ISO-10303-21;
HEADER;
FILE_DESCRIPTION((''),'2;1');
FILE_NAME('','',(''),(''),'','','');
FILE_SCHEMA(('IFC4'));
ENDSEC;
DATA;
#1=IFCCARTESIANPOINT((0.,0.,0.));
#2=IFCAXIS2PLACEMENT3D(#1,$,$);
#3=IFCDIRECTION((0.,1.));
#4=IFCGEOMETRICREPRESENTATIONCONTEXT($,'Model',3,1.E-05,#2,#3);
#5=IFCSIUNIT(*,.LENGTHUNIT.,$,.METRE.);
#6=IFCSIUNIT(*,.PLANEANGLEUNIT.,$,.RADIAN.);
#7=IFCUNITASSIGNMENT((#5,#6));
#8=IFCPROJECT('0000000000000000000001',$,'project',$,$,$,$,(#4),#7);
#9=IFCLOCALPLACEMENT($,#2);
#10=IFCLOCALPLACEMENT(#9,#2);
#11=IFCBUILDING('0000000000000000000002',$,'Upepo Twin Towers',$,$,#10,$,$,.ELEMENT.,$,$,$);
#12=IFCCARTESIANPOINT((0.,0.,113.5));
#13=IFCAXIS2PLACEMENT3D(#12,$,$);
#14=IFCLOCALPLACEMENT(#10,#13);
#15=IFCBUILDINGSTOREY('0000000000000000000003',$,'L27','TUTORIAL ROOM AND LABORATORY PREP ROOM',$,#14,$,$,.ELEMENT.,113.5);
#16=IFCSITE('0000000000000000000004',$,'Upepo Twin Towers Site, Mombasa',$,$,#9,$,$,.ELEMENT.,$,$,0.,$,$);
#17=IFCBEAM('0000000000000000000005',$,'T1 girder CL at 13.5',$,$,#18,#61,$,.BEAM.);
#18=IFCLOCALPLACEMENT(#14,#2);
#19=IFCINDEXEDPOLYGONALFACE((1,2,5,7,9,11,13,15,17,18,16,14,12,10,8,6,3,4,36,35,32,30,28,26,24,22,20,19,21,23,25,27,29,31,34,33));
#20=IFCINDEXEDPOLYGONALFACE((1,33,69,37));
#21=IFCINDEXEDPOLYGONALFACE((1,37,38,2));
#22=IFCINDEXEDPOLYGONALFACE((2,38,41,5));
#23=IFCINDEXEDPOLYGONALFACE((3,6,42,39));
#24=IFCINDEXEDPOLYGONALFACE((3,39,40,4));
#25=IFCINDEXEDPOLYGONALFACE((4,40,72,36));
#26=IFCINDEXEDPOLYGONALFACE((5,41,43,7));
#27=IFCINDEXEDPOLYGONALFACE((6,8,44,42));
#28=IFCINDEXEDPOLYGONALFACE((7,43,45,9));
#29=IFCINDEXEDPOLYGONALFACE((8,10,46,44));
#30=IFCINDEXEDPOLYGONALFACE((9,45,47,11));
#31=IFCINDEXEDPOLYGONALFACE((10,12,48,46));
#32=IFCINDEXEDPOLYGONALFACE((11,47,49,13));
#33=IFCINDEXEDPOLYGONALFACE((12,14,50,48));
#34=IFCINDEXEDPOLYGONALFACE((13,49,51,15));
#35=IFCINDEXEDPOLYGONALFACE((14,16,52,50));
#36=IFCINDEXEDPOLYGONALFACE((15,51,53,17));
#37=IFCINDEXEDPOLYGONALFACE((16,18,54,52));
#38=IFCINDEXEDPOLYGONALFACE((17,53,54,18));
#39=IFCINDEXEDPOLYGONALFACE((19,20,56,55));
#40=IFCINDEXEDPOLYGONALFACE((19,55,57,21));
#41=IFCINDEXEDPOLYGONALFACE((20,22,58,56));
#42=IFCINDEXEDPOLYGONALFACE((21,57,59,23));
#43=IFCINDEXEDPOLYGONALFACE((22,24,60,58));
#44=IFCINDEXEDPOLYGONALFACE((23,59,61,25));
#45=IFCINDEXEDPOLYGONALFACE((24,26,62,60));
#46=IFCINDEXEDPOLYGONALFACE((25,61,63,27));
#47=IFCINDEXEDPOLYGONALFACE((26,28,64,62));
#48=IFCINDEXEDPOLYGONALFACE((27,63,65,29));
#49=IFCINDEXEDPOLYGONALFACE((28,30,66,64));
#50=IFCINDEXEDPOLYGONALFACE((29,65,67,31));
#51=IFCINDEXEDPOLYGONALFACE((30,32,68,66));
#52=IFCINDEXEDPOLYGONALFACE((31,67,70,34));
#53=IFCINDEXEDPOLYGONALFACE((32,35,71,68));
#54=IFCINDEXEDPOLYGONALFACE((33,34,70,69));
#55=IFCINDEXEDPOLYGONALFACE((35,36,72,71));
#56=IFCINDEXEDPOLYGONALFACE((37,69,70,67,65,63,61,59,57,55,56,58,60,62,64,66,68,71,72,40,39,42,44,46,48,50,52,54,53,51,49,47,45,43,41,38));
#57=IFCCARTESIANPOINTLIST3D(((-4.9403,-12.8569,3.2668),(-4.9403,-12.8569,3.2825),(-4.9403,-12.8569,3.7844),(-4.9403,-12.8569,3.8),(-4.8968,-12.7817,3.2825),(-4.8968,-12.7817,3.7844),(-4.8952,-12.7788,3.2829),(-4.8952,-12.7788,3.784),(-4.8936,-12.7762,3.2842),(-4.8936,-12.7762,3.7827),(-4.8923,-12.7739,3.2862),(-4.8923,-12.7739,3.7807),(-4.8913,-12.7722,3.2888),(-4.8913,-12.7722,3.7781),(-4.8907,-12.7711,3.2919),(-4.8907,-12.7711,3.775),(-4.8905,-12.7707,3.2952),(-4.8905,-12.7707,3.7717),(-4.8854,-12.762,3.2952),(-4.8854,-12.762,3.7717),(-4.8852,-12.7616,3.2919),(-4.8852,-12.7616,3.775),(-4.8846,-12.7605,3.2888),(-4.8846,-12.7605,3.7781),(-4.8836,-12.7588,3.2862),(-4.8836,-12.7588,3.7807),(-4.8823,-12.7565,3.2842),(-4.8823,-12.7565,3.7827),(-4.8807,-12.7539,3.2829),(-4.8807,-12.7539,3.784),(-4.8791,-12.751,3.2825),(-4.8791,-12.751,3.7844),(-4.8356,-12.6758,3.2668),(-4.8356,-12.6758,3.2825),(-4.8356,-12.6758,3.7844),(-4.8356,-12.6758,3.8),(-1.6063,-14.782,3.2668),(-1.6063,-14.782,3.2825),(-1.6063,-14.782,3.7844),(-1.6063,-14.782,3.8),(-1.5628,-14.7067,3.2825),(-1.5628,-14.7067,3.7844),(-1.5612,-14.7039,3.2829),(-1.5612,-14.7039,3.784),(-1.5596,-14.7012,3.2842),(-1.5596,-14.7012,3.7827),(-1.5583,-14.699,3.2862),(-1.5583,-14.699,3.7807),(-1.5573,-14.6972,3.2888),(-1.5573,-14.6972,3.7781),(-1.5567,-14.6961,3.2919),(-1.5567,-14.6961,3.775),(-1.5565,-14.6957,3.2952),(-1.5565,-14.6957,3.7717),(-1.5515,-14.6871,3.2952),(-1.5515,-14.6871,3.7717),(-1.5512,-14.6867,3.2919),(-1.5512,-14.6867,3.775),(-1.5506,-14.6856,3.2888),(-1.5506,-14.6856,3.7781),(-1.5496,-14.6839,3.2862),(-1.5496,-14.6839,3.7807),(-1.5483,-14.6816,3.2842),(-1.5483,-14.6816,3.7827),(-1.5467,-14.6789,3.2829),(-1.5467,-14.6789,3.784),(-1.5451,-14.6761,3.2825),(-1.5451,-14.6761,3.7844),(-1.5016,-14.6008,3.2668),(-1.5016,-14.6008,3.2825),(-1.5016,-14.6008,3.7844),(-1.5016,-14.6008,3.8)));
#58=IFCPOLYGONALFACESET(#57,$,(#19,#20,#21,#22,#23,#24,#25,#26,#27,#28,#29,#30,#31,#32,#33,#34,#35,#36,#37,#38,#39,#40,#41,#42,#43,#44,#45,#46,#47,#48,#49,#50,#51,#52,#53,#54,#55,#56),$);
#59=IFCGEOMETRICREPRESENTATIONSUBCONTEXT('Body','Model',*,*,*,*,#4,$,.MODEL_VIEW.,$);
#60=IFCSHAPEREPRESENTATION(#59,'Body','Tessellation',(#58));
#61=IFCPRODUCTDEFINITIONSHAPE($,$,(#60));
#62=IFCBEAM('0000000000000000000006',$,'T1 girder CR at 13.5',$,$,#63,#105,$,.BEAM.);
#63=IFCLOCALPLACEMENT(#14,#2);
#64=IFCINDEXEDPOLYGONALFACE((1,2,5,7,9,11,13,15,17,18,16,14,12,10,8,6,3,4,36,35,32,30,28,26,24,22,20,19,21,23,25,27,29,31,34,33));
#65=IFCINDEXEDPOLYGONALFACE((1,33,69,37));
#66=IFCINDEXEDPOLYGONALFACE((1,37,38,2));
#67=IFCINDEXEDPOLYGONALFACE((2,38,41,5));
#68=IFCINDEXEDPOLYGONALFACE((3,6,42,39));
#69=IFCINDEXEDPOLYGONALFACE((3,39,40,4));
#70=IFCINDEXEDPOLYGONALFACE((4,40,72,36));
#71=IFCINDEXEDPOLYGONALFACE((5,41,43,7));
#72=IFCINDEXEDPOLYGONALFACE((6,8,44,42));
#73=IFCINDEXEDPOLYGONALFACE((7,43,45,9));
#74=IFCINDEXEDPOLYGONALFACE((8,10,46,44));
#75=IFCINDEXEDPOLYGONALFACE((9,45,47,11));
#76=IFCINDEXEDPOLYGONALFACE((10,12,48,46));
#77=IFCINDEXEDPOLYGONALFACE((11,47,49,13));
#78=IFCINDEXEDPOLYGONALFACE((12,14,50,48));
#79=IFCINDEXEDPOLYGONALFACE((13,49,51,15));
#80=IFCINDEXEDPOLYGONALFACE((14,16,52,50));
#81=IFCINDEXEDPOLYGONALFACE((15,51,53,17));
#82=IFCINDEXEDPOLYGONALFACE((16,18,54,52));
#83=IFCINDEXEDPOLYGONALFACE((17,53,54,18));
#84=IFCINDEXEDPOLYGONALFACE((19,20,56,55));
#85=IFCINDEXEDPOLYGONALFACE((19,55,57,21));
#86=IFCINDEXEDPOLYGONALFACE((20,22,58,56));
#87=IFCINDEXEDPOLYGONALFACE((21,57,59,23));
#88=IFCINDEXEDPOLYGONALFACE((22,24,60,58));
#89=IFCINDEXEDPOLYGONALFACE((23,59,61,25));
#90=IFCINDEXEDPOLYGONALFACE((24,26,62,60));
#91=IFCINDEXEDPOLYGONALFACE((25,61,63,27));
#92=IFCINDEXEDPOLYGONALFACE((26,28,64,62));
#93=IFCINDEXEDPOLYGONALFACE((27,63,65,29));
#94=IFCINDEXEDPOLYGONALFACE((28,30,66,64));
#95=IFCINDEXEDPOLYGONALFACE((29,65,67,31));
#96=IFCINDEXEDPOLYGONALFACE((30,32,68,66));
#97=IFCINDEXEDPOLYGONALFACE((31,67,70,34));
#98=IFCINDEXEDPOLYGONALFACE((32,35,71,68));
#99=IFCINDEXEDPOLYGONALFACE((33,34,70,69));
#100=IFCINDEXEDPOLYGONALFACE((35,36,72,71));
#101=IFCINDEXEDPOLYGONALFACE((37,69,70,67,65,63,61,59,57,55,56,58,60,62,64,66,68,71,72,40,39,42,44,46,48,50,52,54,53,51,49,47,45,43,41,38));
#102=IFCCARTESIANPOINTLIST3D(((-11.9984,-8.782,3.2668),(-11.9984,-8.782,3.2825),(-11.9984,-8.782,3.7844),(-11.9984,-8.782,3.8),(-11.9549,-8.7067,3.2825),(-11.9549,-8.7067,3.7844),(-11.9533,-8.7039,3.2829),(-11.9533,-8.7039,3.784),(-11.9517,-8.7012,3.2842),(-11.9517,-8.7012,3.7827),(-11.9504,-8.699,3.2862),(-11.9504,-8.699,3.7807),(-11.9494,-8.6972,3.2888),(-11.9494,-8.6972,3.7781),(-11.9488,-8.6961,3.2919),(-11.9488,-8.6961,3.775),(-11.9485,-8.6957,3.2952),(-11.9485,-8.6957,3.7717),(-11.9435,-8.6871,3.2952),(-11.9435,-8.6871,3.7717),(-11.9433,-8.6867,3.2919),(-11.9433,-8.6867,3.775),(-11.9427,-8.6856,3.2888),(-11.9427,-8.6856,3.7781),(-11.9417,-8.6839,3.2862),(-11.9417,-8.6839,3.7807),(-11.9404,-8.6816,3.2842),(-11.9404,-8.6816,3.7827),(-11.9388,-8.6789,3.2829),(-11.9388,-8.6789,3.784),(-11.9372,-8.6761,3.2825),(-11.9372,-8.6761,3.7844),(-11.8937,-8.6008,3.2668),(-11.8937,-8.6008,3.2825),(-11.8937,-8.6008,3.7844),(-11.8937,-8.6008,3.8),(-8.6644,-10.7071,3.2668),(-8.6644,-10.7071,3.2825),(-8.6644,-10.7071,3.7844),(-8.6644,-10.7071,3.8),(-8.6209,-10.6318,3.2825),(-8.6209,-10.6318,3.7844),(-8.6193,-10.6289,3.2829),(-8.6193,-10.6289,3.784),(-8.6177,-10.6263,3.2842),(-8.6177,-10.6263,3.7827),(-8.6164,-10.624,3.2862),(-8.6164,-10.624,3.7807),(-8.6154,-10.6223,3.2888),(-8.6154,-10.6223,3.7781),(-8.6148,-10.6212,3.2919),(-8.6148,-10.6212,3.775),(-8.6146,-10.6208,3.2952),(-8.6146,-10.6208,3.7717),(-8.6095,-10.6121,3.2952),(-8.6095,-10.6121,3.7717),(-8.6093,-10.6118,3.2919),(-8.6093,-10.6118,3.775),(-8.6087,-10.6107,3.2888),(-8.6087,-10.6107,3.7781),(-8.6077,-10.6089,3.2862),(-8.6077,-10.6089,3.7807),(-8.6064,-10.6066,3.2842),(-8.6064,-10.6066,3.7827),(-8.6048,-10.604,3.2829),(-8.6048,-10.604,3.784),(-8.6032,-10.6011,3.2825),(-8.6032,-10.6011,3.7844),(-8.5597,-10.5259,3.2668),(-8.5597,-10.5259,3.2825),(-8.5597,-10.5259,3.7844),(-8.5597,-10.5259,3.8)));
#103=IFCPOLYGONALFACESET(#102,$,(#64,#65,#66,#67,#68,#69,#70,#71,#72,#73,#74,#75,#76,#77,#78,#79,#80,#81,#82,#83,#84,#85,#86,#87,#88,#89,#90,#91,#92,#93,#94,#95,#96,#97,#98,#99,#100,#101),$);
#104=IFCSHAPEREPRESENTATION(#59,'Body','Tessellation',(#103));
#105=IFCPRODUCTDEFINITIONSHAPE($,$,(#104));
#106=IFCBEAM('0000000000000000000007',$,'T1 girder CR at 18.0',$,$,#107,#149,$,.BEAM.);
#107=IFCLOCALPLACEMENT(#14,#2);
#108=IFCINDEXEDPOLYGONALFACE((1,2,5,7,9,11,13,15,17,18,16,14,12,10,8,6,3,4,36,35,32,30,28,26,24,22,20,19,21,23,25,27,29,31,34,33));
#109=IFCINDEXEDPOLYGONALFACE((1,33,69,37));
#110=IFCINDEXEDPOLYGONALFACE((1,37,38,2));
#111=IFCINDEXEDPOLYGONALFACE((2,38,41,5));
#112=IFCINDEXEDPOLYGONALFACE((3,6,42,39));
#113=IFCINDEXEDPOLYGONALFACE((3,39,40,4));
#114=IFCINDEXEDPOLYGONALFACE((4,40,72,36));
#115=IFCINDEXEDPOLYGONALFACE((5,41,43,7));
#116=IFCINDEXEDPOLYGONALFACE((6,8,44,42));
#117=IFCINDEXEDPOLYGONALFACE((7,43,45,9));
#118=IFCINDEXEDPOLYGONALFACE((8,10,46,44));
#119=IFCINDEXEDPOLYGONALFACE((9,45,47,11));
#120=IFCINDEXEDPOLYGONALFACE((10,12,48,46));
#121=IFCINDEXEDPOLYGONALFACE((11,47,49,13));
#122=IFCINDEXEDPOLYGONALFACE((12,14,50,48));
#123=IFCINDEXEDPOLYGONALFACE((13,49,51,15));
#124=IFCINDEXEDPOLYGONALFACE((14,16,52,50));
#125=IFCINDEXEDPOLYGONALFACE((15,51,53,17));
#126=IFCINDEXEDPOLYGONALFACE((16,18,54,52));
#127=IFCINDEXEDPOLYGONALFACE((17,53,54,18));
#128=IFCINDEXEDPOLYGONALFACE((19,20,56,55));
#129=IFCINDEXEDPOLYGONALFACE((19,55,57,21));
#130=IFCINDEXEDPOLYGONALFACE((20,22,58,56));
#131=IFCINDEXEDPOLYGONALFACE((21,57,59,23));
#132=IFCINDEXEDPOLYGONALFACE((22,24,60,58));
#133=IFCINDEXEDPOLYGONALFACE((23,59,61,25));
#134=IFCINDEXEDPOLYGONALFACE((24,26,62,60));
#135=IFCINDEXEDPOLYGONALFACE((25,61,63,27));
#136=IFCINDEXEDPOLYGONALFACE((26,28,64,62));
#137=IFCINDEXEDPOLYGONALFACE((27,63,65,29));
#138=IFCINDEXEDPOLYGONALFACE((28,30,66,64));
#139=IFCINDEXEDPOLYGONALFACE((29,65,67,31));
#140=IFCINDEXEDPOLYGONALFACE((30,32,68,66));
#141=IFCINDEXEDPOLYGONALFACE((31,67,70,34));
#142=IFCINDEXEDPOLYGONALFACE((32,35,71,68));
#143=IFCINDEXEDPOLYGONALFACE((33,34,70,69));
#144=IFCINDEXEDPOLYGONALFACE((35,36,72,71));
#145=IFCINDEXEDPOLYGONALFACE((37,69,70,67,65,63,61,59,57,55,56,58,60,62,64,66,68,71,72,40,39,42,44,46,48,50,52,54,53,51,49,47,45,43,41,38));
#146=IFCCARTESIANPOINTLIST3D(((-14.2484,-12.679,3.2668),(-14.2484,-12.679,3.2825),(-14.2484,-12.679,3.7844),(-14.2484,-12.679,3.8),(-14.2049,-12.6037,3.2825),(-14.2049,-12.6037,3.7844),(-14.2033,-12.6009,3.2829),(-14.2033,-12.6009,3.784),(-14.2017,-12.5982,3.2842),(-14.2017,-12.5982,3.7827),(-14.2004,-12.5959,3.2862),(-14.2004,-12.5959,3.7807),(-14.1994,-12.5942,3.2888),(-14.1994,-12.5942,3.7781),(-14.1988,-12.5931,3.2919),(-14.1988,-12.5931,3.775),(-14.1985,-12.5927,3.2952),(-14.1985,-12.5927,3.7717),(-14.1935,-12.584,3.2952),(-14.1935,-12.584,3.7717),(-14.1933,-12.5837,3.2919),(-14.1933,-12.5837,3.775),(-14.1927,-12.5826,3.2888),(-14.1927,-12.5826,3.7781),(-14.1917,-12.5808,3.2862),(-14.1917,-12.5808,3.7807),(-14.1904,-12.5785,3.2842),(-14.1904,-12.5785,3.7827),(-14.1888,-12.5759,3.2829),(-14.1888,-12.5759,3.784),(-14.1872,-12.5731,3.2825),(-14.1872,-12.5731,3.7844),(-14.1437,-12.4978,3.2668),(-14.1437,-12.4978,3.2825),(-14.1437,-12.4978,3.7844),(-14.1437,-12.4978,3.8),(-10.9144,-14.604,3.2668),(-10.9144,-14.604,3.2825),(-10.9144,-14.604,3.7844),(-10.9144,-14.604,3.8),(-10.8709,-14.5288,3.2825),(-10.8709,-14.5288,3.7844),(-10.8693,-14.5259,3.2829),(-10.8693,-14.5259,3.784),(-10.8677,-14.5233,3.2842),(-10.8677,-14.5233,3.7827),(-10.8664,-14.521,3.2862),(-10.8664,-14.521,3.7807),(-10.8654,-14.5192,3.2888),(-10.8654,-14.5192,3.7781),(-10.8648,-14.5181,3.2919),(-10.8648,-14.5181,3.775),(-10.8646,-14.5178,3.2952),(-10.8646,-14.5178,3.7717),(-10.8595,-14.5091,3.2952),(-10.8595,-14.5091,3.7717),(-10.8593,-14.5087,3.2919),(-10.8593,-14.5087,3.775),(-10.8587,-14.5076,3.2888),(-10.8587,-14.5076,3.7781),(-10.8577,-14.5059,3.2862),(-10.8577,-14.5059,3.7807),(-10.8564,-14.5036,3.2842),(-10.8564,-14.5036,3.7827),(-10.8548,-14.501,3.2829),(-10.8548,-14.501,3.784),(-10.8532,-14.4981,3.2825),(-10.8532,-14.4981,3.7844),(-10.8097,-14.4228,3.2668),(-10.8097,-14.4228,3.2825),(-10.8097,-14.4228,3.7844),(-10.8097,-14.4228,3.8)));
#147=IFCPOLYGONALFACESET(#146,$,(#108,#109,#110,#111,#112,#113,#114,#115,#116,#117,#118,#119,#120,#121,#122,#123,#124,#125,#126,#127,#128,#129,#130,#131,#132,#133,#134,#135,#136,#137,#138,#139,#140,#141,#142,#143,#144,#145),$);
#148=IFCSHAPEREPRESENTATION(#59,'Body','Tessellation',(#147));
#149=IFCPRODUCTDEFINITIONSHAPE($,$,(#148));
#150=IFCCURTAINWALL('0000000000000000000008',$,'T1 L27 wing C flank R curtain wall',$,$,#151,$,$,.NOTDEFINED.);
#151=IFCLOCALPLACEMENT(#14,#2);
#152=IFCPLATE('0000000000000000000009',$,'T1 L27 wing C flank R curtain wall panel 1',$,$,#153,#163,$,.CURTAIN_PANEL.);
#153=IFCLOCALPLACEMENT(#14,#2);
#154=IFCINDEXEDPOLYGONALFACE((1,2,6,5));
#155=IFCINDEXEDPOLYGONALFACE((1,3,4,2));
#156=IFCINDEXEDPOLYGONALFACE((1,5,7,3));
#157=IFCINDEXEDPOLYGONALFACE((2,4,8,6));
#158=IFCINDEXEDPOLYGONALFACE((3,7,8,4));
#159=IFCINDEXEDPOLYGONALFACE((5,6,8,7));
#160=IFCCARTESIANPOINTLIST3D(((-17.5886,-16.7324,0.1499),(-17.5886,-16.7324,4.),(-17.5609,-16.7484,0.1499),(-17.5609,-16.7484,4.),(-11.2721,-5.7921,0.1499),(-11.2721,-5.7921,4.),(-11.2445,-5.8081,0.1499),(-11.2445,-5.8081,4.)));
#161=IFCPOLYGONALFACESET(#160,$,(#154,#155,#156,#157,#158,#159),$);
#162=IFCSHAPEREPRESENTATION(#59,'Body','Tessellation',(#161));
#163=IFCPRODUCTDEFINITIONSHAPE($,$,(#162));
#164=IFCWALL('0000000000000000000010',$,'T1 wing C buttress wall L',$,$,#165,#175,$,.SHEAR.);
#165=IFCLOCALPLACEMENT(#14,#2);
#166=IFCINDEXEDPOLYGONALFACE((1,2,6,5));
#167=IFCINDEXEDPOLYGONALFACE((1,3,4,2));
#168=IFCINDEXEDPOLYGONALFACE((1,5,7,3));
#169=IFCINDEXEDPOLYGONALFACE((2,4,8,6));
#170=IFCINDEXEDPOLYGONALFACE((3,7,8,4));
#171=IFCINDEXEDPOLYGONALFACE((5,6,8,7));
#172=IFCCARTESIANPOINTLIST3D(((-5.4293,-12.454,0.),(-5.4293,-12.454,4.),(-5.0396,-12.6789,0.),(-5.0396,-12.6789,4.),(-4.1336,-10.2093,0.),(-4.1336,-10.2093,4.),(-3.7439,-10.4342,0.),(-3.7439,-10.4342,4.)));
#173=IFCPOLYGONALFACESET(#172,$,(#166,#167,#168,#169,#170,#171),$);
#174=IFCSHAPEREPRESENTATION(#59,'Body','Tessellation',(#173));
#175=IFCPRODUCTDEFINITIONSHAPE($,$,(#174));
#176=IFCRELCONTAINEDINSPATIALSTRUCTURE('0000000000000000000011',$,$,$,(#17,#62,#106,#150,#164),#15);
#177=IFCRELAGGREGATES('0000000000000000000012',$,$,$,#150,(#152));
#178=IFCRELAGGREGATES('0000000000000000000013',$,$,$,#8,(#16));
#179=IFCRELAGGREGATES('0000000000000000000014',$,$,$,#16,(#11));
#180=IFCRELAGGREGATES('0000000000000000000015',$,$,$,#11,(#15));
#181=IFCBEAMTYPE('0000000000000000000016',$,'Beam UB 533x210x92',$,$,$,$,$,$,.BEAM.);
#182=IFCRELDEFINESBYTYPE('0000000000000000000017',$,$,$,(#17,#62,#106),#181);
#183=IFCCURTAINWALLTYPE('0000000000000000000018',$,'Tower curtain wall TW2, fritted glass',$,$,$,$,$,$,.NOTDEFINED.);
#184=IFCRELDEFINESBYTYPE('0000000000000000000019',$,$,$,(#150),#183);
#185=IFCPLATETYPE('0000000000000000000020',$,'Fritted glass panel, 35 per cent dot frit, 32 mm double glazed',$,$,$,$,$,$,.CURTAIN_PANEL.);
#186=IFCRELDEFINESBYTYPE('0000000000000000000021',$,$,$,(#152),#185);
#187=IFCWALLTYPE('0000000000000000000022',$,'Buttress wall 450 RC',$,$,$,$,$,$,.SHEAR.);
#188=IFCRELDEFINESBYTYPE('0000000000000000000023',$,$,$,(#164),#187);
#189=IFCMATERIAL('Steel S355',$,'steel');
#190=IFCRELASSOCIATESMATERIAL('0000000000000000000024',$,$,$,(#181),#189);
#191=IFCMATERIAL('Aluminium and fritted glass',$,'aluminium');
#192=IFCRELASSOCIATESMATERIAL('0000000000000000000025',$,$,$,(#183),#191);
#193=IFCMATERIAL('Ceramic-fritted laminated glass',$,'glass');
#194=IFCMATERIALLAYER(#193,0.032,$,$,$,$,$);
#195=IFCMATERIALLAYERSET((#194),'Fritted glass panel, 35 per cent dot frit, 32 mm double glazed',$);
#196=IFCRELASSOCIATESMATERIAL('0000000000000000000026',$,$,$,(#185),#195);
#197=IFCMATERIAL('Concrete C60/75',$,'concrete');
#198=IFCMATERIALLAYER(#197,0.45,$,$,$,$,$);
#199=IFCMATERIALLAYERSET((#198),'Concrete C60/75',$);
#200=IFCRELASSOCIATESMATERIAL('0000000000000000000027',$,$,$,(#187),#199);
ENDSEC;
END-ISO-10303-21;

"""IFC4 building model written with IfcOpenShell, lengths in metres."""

from ifc_helpers import new_model, si_unit, direction, frame, frame_2d, origin, origin_2d, place, context, subcontext, project, spatial, rectangle, i_section, extrude, material, layer, layer_set, material_profile, profile_set, type_object, element, aggregate, save


model = new_model("IFC4")

# Units and contexts
model_context = context("Model", 3, precision=1e-05, world=origin(), true_north=direction((0.0, 1.0)))
body_context = subcontext(model_context, "Body", "Model", "MODEL_VIEW")
ifc_project = project(units=[si_unit("LENGTHUNIT", "METRE"), si_unit("PLANEANGLEUNIT", "RADIAN")], contexts=[model_context])

# Site, building, storey
site_placement = place(None, origin())
site = spatial("IfcSite", under=ifc_project, at=site_placement, Name="Upepo Twin Towers Site, Mombasa", CompositionType="ELEMENT", RefElevation=0.0)
building_placement = place(site_placement, origin())
building = spatial("IfcBuilding", under=site, at=building_placement, Name="Upepo Twin Towers", CompositionType="ELEMENT")
storey_placement = place(building_placement, frame((0.0, 0.0, 113.5)))
storey = spatial("IfcBuildingStorey", under=building, at=storey_placement, Name="L27", Description="TUTORIAL ROOM AND LABORATORY PREP ROOM", CompositionType="ELEMENT", Elevation=113.5)

# Beams
ifc_material_1 = material(Name="Steel S355", Category="steel")
ifc_material_profile_1 = material_profile(ifc_material_1, i_section(OverallWidth=0.2092, OverallDepth=0.5332, WebThickness=0.01, FlangeThickness=0.0156, FilletRadius=0.0127, at=origin_2d()), Name="UB 533x210x92")
ifc_profile_set_1 = profile_set([ifc_material_profile_1], Name="Steel S355")
beam_type_1 = type_object("IfcBeamType", Name="Beam UB 533x210x92", PredefinedType="BEAM", material=ifc_profile_set_1)
for number, where, z_axis, x_axis, name in (
    (1, (-1.554, -14.6914, 3.5334), (-0.866006, 0.500034, 0.0), (-0.500034, -0.866006, 0.0), "T1 girder CL at 13.5"),
    (2, (-11.946, -8.6914, 3.5334), (0.866006, -0.500034, 0.0), (0.500034, 0.866006, 0.0), "T1 girder CR at 13.5"),
    (3, (-14.196, -12.5884, 3.5334), (0.866006, -0.500034, 0.0), (0.500034, 0.866006, 0.0), "T1 girder CR at 18.0"),
):
    element("IfcBeam", number, at=place(storey_placement, frame(where, z_axis=z_axis, x_axis=x_axis)), inside=storey, type_object=beam_type_1, Name=name, PredefinedType="BEAM", context=body_context, shape_type="SweptSolid", body=[
        extrude(i_section(OverallWidth=0.2092, OverallDepth=0.5332, WebThickness=0.01, FlangeThickness=0.0156, FilletRadius=0.0127, at=origin_2d()), origin(), (0.0, 0.0, 1.0), 3.8499),
    ])

# Curtain wall, plate
ifc_material_2 = material(Name="Aluminium and fritted glass", Category="aluminium")
curtain_wall_type = type_object("IfcCurtainWallType", Name="Tower curtain wall TW2, fritted glass", PredefinedType="NOTDEFINED", material=ifc_material_2)
curtain_wall_placement = place(storey_placement, origin())
curtain_wall = element("IfcCurtainWall", 4, at=curtain_wall_placement, inside=storey, type_object=curtain_wall_type, Name="T1 L27 wing C flank R curtain wall", PredefinedType="NOTDEFINED")
ifc_material_3 = material(Name="Ceramic-fritted laminated glass", Category="glass")
ifc_layer_1 = layer(ifc_material_3, 0.032)
ifc_layer_set_1 = layer_set([ifc_layer_1], Name="Fritted glass panel, 35 per cent dot frit, 32 mm double glazed")
plate_type = type_object("IfcPlateType", Name="Fritted glass panel, 35 per cent dot frit, 32 mm double glazed", PredefinedType="CURTAIN_PANEL", material=ifc_layer_set_1)
plate_placement = place(storey_placement, frame((-14.4165, -11.2703, 0.1499), z_axis=(0.0, 0.0, 1.0), x_axis=(0.5, 0.866025, 0.0)))
plate = element("IfcPlate", 5, at=plate_placement, type_object=plate_type, Name="T1 L27 wing C flank R curtain wall panel 1", PredefinedType="CURTAIN_PANEL", context=body_context, shape_type="SweptSolid", body=[
    extrude(rectangle(XDim=12.6328, YDim=0.032, at=origin_2d()), origin(), (0.0, 0.0, 1.0), 3.8501),
])
aggregate(curtain_wall, [plate])

# Wall
ifc_material_4 = material(Name="Concrete C60/75", Category="concrete")
ifc_layer_2 = layer(ifc_material_4, 0.45)
ifc_layer_set_2 = layer_set([ifc_layer_2], Name="Concrete C60/75")
wall_type_1 = type_object("IfcWallType", Name="Buttress wall 450 RC", PredefinedType="SHEAR", material=ifc_layer_set_2)
wall_1_placement = place(storey_placement, frame((-3.9387, -10.3218, 0.0), z_axis=(0.0, 0.0, 1.0), x_axis=(-0.499918, -0.866073, 0.0)))
element("IfcWall", 6, at=wall_1_placement, inside=storey, type_object=wall_type_1, Name="T1 wing C buttress wall L", PredefinedType="SHEAR", context=body_context, shape_type="SweptSolid", body=[
    extrude(rectangle(XDim=2.5918, YDim=0.45, at=frame_2d((1.2959, 0.0))), origin(), (0.0, 0.0, 1.0), 4.0),
])

save(model, "model.ifc")
